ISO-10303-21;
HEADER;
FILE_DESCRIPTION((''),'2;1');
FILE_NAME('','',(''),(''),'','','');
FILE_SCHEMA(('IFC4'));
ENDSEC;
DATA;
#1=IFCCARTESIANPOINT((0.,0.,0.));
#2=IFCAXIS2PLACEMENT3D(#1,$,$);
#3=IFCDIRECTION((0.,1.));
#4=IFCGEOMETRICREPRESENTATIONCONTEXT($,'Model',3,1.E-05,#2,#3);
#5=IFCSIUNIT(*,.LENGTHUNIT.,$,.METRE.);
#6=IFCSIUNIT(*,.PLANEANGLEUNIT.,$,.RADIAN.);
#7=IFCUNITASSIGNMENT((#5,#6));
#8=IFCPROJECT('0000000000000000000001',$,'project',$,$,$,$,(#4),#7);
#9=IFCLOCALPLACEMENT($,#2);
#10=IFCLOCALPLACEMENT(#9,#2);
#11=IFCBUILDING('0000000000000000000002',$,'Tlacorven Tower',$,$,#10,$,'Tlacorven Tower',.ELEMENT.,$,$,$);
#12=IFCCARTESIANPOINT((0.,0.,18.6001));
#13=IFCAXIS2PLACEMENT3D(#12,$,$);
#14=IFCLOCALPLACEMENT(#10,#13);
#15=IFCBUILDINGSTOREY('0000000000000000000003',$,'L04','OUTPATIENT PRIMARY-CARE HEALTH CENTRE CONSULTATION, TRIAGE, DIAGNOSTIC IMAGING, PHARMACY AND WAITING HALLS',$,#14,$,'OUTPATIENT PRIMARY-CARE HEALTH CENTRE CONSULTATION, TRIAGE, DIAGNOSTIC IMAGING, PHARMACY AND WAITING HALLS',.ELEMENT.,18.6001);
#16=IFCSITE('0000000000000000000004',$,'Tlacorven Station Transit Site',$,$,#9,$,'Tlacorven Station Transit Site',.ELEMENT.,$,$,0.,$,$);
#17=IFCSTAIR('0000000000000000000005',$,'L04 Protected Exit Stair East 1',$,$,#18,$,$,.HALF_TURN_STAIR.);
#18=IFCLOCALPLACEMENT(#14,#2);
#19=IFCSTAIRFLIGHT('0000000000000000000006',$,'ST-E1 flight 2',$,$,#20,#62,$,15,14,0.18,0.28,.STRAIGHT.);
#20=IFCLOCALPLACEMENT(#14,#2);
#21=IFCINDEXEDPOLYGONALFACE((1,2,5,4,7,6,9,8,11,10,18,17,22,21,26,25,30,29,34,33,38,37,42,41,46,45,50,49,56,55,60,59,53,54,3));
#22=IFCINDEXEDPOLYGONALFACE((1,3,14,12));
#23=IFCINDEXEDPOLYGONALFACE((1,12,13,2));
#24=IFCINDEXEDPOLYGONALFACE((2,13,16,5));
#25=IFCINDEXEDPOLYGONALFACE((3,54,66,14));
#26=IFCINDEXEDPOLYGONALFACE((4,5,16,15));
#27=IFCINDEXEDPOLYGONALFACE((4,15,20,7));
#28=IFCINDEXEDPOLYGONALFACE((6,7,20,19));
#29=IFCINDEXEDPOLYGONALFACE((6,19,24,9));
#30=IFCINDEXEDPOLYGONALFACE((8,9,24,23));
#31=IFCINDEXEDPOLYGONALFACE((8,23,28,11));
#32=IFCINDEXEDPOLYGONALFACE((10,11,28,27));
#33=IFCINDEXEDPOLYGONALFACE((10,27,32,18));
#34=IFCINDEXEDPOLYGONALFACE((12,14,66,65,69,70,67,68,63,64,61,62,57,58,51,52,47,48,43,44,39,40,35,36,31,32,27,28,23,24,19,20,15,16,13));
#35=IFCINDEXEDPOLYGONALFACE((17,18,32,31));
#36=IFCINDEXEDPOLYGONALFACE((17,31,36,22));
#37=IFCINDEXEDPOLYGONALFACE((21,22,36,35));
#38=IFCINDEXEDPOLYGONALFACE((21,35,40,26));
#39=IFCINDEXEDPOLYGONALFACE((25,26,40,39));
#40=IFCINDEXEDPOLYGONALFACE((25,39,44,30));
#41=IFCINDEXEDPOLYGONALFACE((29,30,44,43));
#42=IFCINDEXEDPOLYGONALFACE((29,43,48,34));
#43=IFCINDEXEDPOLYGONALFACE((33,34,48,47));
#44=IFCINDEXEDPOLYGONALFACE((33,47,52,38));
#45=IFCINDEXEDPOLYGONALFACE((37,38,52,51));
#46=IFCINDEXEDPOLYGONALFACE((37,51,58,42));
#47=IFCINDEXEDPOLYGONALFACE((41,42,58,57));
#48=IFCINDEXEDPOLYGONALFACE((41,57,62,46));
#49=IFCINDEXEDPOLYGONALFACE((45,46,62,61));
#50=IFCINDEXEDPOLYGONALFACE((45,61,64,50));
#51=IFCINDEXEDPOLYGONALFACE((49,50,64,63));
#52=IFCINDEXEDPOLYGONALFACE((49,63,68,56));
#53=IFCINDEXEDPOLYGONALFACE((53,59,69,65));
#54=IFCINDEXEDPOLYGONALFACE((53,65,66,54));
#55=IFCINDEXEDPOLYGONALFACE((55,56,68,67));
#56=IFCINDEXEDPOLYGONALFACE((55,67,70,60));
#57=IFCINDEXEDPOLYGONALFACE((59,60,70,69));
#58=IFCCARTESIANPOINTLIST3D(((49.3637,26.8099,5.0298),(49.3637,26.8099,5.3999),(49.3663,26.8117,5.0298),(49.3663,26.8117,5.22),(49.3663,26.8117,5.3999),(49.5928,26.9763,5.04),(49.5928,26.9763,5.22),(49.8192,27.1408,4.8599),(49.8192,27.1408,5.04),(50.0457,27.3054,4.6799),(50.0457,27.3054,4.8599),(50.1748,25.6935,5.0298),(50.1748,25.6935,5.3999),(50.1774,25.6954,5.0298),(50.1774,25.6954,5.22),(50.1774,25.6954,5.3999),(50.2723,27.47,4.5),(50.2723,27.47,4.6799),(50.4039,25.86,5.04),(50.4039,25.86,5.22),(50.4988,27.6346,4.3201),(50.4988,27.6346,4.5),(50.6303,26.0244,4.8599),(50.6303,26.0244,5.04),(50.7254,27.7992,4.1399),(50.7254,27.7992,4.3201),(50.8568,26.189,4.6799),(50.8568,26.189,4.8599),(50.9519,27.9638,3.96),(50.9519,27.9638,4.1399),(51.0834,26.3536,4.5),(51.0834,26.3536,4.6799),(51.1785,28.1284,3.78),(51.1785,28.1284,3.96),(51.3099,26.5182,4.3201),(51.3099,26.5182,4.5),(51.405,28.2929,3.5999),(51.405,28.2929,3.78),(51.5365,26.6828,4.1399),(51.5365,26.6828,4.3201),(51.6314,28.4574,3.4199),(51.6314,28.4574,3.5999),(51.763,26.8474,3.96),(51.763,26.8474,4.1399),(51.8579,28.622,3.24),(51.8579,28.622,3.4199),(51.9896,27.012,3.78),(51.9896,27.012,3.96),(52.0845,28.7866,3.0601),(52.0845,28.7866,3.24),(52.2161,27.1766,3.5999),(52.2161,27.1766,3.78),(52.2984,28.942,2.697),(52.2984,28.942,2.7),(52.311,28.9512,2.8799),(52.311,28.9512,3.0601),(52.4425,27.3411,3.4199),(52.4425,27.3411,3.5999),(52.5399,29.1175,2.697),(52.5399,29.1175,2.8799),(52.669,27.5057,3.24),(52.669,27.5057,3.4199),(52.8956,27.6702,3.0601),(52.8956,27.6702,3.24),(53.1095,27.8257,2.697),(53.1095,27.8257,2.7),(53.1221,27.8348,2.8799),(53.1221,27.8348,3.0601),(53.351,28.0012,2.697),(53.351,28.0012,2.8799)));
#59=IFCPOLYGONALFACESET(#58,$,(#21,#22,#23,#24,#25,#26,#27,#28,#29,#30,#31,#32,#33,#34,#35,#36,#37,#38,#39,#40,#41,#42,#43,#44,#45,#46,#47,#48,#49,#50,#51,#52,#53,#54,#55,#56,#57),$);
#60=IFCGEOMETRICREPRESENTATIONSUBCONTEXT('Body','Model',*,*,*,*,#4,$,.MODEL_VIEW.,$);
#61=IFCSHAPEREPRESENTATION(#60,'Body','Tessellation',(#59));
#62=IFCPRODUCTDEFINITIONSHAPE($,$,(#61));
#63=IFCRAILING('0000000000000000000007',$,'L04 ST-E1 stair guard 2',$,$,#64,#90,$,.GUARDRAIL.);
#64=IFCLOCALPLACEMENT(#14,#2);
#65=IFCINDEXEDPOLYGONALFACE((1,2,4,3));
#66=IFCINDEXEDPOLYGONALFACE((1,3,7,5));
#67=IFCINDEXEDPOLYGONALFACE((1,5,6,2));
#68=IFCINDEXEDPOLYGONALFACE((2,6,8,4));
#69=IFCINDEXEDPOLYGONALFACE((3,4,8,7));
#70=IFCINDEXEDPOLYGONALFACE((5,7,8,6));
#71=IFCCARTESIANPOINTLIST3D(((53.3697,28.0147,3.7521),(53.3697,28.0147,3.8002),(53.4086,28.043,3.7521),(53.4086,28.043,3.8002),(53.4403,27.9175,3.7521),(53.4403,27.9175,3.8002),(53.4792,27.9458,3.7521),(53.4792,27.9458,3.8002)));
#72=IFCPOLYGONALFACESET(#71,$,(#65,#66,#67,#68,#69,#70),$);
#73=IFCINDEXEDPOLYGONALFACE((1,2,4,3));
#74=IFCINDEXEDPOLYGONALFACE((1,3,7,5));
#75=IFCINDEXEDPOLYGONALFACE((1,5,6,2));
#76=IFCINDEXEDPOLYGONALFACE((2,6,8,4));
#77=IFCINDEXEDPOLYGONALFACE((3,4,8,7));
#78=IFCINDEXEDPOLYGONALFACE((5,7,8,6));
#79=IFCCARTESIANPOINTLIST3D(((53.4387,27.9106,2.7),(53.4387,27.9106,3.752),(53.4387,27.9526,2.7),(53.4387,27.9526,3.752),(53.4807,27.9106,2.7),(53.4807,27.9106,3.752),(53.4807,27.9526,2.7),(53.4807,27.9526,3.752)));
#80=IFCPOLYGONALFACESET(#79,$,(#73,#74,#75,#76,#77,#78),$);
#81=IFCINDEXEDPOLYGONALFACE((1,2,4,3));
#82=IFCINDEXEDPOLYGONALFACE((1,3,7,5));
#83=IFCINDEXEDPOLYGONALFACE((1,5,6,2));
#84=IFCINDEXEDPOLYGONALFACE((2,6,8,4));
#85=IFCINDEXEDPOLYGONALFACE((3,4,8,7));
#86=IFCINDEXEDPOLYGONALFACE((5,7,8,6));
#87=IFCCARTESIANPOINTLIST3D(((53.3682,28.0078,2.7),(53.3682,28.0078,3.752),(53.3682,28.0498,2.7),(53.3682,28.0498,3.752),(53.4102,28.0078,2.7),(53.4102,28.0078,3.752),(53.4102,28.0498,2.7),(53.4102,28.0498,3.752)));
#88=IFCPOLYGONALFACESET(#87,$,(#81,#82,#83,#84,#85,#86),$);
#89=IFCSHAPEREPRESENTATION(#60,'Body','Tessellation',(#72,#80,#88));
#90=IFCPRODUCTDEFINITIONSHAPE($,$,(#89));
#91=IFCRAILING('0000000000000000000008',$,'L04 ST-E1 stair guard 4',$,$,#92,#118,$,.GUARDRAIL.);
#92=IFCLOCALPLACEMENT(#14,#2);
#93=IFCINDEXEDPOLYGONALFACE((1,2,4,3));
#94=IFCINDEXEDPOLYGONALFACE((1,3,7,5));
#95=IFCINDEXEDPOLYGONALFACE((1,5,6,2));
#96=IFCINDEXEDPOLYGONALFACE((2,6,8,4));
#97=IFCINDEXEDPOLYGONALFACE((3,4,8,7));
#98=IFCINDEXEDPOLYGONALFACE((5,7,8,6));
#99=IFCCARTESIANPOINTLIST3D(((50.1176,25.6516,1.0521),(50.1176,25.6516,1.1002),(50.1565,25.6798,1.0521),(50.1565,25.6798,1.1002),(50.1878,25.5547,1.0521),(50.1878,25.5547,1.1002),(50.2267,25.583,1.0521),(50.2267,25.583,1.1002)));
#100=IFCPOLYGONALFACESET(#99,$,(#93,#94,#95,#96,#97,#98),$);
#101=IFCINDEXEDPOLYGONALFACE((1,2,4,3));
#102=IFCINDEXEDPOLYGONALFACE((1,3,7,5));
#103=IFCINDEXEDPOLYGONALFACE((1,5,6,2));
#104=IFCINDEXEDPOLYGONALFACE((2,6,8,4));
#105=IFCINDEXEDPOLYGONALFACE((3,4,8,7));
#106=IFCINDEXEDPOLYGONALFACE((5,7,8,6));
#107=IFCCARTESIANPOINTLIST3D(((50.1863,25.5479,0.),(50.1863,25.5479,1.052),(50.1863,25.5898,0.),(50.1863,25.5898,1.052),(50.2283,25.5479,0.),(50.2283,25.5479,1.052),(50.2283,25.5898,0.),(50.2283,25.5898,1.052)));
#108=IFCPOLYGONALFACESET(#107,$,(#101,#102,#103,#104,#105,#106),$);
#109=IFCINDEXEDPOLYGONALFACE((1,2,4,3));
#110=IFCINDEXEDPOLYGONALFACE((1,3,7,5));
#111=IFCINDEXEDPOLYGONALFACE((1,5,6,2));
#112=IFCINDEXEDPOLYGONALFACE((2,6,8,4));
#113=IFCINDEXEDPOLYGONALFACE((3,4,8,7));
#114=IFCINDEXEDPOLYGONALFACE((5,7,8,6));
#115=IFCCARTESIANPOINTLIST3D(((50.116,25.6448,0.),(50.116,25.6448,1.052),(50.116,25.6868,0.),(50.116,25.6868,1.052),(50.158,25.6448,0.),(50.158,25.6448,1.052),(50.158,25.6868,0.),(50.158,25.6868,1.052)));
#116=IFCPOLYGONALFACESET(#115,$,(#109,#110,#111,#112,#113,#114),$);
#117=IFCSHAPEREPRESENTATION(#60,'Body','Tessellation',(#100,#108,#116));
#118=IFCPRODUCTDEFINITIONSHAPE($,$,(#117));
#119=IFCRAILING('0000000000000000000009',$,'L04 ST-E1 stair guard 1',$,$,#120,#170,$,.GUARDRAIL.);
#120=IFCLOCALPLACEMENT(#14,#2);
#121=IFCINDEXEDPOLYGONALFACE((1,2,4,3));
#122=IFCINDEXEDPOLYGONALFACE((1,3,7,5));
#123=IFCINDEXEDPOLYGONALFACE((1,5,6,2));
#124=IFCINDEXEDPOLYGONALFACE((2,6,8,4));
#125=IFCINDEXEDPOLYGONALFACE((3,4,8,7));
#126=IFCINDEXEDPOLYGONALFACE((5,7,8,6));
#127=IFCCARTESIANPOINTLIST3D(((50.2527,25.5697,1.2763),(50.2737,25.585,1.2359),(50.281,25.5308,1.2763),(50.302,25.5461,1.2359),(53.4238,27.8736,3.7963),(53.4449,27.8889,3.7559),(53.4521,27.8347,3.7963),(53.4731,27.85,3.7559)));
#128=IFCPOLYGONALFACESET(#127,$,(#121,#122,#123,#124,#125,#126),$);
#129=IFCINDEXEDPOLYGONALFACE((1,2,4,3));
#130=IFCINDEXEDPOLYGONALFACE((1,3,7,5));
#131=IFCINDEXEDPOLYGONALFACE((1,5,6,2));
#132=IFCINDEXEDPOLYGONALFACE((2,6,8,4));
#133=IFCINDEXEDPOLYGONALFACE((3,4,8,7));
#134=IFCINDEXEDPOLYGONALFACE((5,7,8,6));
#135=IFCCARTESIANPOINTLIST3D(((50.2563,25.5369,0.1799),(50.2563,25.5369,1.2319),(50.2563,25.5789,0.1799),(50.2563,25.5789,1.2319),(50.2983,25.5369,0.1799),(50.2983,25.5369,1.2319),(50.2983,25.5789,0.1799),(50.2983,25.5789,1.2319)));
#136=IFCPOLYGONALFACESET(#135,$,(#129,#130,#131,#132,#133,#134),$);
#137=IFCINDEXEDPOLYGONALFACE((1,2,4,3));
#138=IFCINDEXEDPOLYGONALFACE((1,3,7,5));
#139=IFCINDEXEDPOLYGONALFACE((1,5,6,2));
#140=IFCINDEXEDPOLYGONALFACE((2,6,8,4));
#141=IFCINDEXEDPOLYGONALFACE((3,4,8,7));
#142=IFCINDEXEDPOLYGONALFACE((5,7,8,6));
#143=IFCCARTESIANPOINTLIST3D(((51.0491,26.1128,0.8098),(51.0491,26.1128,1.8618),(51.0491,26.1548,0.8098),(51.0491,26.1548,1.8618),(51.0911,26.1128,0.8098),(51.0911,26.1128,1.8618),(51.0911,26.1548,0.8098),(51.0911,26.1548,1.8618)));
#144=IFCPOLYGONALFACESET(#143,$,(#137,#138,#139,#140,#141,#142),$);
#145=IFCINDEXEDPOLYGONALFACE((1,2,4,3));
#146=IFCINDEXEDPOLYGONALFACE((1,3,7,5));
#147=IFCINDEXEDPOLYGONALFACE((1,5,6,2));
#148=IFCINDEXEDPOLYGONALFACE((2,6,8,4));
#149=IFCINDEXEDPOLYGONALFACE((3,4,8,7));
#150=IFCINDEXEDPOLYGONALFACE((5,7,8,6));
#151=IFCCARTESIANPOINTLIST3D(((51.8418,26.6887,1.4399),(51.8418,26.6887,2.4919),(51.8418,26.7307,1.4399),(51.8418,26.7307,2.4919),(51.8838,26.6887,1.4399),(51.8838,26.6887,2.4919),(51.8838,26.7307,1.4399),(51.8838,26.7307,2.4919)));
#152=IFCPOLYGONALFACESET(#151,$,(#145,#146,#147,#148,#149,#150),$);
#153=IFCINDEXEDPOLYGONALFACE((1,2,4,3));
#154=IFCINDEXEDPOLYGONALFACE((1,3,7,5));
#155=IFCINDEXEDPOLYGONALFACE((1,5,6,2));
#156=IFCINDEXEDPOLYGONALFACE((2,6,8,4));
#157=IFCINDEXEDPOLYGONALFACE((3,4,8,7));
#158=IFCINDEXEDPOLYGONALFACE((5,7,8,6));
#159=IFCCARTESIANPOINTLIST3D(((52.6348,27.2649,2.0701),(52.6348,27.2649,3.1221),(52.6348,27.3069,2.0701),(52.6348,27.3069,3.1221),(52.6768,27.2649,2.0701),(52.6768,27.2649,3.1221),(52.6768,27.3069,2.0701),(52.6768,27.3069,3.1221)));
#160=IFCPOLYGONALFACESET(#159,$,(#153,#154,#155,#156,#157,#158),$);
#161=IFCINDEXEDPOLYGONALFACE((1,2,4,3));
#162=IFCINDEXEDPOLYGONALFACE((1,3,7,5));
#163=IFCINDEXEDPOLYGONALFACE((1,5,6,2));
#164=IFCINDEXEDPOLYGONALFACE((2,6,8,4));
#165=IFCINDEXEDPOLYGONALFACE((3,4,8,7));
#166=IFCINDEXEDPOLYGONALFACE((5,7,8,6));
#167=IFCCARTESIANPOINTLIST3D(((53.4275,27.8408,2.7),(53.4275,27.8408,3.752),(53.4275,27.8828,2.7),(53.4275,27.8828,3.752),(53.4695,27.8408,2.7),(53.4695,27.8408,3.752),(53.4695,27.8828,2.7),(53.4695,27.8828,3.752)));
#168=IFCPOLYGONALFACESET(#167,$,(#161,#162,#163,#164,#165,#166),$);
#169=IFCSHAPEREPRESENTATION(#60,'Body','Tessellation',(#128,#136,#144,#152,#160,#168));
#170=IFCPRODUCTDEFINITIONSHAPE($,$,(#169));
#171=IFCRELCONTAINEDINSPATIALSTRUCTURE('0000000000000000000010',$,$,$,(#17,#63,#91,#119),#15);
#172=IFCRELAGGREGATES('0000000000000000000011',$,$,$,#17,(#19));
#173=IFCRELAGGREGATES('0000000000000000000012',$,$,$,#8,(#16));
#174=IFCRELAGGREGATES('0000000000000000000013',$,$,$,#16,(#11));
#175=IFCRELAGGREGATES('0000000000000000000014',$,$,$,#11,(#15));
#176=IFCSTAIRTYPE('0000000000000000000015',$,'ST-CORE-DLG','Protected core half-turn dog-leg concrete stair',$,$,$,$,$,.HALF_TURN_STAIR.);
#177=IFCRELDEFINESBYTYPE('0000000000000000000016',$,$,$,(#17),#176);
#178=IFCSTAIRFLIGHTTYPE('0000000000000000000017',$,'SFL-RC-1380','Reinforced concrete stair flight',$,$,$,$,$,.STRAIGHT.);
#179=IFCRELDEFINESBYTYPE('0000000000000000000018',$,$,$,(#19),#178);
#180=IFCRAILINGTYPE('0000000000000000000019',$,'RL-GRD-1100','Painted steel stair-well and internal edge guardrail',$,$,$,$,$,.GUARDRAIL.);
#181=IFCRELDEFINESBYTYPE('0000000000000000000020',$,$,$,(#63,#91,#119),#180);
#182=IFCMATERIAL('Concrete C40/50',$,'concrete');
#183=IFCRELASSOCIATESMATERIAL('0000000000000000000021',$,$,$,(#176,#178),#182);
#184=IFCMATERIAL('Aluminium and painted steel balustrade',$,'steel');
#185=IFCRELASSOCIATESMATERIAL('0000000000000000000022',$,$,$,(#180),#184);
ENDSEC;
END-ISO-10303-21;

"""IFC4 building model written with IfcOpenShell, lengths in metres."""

from ifc_helpers import new_model, si_unit, direction, frame, origin, origin_2d, place, context, subcontext, project, spatial, polyline, rectangle, outline, extrude, source, transform, mapped, material, type_object, element, aggregate, save


model = new_model("IFC4")

# Units and contexts
model_context = context("Model", 3, precision=1e-05, world=origin(), true_north=direction((0.0, 1.0)))
body_context = subcontext(model_context, "Body", "Model", "MODEL_VIEW")
ifc_project = project(units=[si_unit("LENGTHUNIT", "METRE"), si_unit("PLANEANGLEUNIT", "RADIAN")], contexts=[model_context])

# Site, building, storey
site_placement = place(None, origin())
site = spatial("IfcSite", under=ifc_project, at=site_placement, Name="Tlacorven Station Transit Site", LongName="Tlacorven Station Transit Site", CompositionType="ELEMENT", RefElevation=0.0)
building_placement = place(site_placement, origin())
building = spatial("IfcBuilding", under=site, at=building_placement, Name="Tlacorven Tower", LongName="Tlacorven Tower", CompositionType="ELEMENT")
storey_placement = place(building_placement, frame((0.0, 0.0, 18.6001)))
storey = spatial("IfcBuildingStorey", under=building, at=storey_placement, Name="L04", Description="OUTPATIENT PRIMARY-CARE HEALTH CENTRE CONSULTATION, TRIAGE, DIAGNOSTIC IMAGING, PHARMACY AND WAITING HALLS", LongName="OUTPATIENT PRIMARY-CARE HEALTH CENTRE CONSULTATION, TRIAGE, DIAGNOSTIC IMAGING, PHARMACY AND WAITING HALLS", CompositionType="ELEMENT", Elevation=18.6001)

# Stair, stair flight
ifc_material_1 = material(Name="Concrete C40/50", Category="concrete")
stair_type = type_object("IfcStairType", Name="ST-CORE-DLG", Description="Protected core half-turn dog-leg concrete stair", PredefinedType="HALF_TURN_STAIR", material=ifc_material_1)
stair_placement = place(storey_placement, origin())
stair = element("IfcStair", 1, at=stair_placement, inside=storey, type_object=stair_type, Name="L04 Protected Exit Stair East 1", PredefinedType="HALF_TURN_STAIR")
stair_flight_type = type_object("IfcStairFlightType", Name="SFL-RC-1380", Description="Reinforced concrete stair flight", PredefinedType="STRAIGHT", material=ifc_material_1)
shared_shape_1 = source(origin(), body_context, "Body", "SweptSolid", [
    extrude(outline(polyline([(-0.0029, -0.0029), (-0.0029, 0.1799), (0.28, 0.1799), (0.28, 0.3601), (0.5601, 0.3601), (0.5601, 0.54), (0.8401, 0.54), (0.8401, 0.72), (1.1201, 0.72), (1.1201, 0.8999), (1.3999, 0.8999), (1.3999, 1.0801), (1.6799, 1.0801), (1.6799, 1.26), (1.96, 1.26), (1.96, 1.4399), (2.24, 1.4399), (2.24, 1.6201), (2.52, 1.6201), (2.52, 1.8), (2.8, 1.8), (2.8, 1.98), (3.0801, 1.98), (3.0801, 2.1599), (3.3601, 2.1599), (3.3601, 2.3401), (3.6399, 2.3401), (3.6399, 2.52), (3.9199, 2.52), (3.9199, 2.7), (3.9231, 2.7), (3.9231, 2.3298), (3.9199, 2.3298), (0.2957, 0.0), (0.2957, -0.0029), (-0.0029, -0.0029)])), frame((0.0, 0.6899, 0.0), z_axis=(0.0, -1.0, 0.0), x_axis=(1.0, 0.0, 0.0)), (0.0, 0.0, 1.0), 1.3799),
])
stair_flight_placement = place(storey_placement, frame((52.9431, 28.5576, 2.7), z_axis=(0.0, 0.0, 1.0), x_axis=(-0.809017, -0.587785, 0.0)))
stair_flight = element("IfcStairFlight", 2, at=stair_flight_placement, type_object=stair_flight_type, Name="ST-E1 flight 2", NumberOfRisers=15, NumberOfTreads=14, PredefinedType="STRAIGHT", RiserHeight=0.18, TreadLength=0.28, context=body_context, shape_type="MappedRepresentation", body=[
    mapped(shared_shape_1, transform((0.0, 0.0, 0.0), scale=1.0)),
])
aggregate(stair, [stair_flight])

# Railings
ifc_material_2 = material(Name="Aluminium and painted steel balustrade", Category="steel")
railing_type_1 = type_object("IfcRailingType", Name="RL-GRD-1100", Description="Painted steel stair-well and internal edge guardrail", PredefinedType="GUARDRAIL", material=ifc_material_2)
shared_shape_2 = source(origin(), body_context, "Body", "SweptSolid", [
    extrude(rectangle(XDim=0.0481, YDim=0.0481, at=origin_2d()), frame((0.0, 0.0, 1.0762), z_axis=(-0.587567, 0.809175, 0.0), x_axis=(-0.809175, -0.587567, 0.0)), (0.0, 0.0, 1.0), 0.1201),
    extrude(rectangle(XDim=0.042, YDim=0.042, at=origin_2d()), origin(), (0.0, 0.0, 1.0), 1.052),
    extrude(rectangle(XDim=0.042, YDim=0.042, at=origin_2d()), frame((-0.0706, 0.0972, 0.0)), (0.0, 0.0, 1.0), 1.052),
])
railing_1_placement = place(storey_placement, frame((53.4597, 27.9316, 2.7)))
element("IfcRailing", 3, at=railing_1_placement, inside=storey, type_object=railing_type_1, Name="L04 ST-E1 stair guard 2", PredefinedType="GUARDRAIL", context=body_context, shape_type="MappedRepresentation", body=[
    mapped(shared_shape_2, transform((0.0, 0.0, 0.0), scale=1.0)),
])
shared_shape_3 = source(origin(), body_context, "Body", "SweptSolid", [
    extrude(rectangle(XDim=0.0481, YDim=0.0481, at=origin_2d()), frame((0.0, 0.0, 1.0762), z_axis=(-0.587201, 0.809441, 0.0), x_axis=(-0.809441, -0.587201, 0.0)), (0.0, 0.0, 1.0), 0.1196),
    extrude(rectangle(XDim=0.042, YDim=0.042, at=origin_2d()), origin(), (0.0, 0.0, 1.0), 1.052),
    extrude(rectangle(XDim=0.042, YDim=0.042, at=origin_2d()), frame((-0.0703, 0.0969, 0.0)), (0.0, 0.0, 1.0), 1.052),
])
railing_2_placement = place(storey_placement, frame((50.2073, 25.5688, 0.0)))
element("IfcRailing", 4, at=railing_2_placement, inside=storey, type_object=railing_type_1, Name="L04 ST-E1 stair guard 4", PredefinedType="GUARDRAIL", context=body_context, shape_type="MappedRepresentation", body=[
    mapped(shared_shape_3, transform((0.0, 0.0, 0.0), scale=1.0)),
])
shared_shape_4 = source(origin(), body_context, "Body", "SweptSolid", [
    extrude(rectangle(XDim=0.0481, YDim=0.0481, at=origin_2d()), frame((0.0, 0.0, 1.0762), z_axis=(0.680514, 0.494419, 0.540786), x_axis=(-0.587783, 0.809019, 0.0)), (0.0, 0.0, 1.0), 4.6599),
    extrude(rectangle(XDim=0.042, YDim=0.042, at=origin_2d()), origin(), (0.0, 0.0, 1.0), 1.052),
    extrude(rectangle(XDim=0.042, YDim=0.042, at=origin_2d()), frame((0.7927, 0.5759, 0.6299)), (0.0, 0.0, 1.0), 1.052),
    extrude(rectangle(XDim=0.042, YDim=0.042, at=origin_2d()), frame((1.5854, 1.1519, 1.26)), (0.0, 0.0, 1.0), 1.052),
    extrude(rectangle(XDim=0.042, YDim=0.042, at=origin_2d()), frame((2.3784, 1.728, 1.8901)), (0.0, 0.0, 1.0), 1.052),
    extrude(rectangle(XDim=0.042, YDim=0.042, at=origin_2d()), frame((3.1711, 2.304, 2.52)), (0.0, 0.0, 1.0), 1.052),
])
railing_3_placement = place(storey_placement, frame((50.2773, 25.5579, 0.1799)))
element("IfcRailing", 5, at=railing_3_placement, inside=storey, type_object=railing_type_1, Name="L04 ST-E1 stair guard 1", PredefinedType="GUARDRAIL", context=body_context, shape_type="MappedRepresentation", body=[
    mapped(shared_shape_4, transform((0.0, 0.0, 0.0), scale=1.0)),
])

save(model, "model.ifc")
